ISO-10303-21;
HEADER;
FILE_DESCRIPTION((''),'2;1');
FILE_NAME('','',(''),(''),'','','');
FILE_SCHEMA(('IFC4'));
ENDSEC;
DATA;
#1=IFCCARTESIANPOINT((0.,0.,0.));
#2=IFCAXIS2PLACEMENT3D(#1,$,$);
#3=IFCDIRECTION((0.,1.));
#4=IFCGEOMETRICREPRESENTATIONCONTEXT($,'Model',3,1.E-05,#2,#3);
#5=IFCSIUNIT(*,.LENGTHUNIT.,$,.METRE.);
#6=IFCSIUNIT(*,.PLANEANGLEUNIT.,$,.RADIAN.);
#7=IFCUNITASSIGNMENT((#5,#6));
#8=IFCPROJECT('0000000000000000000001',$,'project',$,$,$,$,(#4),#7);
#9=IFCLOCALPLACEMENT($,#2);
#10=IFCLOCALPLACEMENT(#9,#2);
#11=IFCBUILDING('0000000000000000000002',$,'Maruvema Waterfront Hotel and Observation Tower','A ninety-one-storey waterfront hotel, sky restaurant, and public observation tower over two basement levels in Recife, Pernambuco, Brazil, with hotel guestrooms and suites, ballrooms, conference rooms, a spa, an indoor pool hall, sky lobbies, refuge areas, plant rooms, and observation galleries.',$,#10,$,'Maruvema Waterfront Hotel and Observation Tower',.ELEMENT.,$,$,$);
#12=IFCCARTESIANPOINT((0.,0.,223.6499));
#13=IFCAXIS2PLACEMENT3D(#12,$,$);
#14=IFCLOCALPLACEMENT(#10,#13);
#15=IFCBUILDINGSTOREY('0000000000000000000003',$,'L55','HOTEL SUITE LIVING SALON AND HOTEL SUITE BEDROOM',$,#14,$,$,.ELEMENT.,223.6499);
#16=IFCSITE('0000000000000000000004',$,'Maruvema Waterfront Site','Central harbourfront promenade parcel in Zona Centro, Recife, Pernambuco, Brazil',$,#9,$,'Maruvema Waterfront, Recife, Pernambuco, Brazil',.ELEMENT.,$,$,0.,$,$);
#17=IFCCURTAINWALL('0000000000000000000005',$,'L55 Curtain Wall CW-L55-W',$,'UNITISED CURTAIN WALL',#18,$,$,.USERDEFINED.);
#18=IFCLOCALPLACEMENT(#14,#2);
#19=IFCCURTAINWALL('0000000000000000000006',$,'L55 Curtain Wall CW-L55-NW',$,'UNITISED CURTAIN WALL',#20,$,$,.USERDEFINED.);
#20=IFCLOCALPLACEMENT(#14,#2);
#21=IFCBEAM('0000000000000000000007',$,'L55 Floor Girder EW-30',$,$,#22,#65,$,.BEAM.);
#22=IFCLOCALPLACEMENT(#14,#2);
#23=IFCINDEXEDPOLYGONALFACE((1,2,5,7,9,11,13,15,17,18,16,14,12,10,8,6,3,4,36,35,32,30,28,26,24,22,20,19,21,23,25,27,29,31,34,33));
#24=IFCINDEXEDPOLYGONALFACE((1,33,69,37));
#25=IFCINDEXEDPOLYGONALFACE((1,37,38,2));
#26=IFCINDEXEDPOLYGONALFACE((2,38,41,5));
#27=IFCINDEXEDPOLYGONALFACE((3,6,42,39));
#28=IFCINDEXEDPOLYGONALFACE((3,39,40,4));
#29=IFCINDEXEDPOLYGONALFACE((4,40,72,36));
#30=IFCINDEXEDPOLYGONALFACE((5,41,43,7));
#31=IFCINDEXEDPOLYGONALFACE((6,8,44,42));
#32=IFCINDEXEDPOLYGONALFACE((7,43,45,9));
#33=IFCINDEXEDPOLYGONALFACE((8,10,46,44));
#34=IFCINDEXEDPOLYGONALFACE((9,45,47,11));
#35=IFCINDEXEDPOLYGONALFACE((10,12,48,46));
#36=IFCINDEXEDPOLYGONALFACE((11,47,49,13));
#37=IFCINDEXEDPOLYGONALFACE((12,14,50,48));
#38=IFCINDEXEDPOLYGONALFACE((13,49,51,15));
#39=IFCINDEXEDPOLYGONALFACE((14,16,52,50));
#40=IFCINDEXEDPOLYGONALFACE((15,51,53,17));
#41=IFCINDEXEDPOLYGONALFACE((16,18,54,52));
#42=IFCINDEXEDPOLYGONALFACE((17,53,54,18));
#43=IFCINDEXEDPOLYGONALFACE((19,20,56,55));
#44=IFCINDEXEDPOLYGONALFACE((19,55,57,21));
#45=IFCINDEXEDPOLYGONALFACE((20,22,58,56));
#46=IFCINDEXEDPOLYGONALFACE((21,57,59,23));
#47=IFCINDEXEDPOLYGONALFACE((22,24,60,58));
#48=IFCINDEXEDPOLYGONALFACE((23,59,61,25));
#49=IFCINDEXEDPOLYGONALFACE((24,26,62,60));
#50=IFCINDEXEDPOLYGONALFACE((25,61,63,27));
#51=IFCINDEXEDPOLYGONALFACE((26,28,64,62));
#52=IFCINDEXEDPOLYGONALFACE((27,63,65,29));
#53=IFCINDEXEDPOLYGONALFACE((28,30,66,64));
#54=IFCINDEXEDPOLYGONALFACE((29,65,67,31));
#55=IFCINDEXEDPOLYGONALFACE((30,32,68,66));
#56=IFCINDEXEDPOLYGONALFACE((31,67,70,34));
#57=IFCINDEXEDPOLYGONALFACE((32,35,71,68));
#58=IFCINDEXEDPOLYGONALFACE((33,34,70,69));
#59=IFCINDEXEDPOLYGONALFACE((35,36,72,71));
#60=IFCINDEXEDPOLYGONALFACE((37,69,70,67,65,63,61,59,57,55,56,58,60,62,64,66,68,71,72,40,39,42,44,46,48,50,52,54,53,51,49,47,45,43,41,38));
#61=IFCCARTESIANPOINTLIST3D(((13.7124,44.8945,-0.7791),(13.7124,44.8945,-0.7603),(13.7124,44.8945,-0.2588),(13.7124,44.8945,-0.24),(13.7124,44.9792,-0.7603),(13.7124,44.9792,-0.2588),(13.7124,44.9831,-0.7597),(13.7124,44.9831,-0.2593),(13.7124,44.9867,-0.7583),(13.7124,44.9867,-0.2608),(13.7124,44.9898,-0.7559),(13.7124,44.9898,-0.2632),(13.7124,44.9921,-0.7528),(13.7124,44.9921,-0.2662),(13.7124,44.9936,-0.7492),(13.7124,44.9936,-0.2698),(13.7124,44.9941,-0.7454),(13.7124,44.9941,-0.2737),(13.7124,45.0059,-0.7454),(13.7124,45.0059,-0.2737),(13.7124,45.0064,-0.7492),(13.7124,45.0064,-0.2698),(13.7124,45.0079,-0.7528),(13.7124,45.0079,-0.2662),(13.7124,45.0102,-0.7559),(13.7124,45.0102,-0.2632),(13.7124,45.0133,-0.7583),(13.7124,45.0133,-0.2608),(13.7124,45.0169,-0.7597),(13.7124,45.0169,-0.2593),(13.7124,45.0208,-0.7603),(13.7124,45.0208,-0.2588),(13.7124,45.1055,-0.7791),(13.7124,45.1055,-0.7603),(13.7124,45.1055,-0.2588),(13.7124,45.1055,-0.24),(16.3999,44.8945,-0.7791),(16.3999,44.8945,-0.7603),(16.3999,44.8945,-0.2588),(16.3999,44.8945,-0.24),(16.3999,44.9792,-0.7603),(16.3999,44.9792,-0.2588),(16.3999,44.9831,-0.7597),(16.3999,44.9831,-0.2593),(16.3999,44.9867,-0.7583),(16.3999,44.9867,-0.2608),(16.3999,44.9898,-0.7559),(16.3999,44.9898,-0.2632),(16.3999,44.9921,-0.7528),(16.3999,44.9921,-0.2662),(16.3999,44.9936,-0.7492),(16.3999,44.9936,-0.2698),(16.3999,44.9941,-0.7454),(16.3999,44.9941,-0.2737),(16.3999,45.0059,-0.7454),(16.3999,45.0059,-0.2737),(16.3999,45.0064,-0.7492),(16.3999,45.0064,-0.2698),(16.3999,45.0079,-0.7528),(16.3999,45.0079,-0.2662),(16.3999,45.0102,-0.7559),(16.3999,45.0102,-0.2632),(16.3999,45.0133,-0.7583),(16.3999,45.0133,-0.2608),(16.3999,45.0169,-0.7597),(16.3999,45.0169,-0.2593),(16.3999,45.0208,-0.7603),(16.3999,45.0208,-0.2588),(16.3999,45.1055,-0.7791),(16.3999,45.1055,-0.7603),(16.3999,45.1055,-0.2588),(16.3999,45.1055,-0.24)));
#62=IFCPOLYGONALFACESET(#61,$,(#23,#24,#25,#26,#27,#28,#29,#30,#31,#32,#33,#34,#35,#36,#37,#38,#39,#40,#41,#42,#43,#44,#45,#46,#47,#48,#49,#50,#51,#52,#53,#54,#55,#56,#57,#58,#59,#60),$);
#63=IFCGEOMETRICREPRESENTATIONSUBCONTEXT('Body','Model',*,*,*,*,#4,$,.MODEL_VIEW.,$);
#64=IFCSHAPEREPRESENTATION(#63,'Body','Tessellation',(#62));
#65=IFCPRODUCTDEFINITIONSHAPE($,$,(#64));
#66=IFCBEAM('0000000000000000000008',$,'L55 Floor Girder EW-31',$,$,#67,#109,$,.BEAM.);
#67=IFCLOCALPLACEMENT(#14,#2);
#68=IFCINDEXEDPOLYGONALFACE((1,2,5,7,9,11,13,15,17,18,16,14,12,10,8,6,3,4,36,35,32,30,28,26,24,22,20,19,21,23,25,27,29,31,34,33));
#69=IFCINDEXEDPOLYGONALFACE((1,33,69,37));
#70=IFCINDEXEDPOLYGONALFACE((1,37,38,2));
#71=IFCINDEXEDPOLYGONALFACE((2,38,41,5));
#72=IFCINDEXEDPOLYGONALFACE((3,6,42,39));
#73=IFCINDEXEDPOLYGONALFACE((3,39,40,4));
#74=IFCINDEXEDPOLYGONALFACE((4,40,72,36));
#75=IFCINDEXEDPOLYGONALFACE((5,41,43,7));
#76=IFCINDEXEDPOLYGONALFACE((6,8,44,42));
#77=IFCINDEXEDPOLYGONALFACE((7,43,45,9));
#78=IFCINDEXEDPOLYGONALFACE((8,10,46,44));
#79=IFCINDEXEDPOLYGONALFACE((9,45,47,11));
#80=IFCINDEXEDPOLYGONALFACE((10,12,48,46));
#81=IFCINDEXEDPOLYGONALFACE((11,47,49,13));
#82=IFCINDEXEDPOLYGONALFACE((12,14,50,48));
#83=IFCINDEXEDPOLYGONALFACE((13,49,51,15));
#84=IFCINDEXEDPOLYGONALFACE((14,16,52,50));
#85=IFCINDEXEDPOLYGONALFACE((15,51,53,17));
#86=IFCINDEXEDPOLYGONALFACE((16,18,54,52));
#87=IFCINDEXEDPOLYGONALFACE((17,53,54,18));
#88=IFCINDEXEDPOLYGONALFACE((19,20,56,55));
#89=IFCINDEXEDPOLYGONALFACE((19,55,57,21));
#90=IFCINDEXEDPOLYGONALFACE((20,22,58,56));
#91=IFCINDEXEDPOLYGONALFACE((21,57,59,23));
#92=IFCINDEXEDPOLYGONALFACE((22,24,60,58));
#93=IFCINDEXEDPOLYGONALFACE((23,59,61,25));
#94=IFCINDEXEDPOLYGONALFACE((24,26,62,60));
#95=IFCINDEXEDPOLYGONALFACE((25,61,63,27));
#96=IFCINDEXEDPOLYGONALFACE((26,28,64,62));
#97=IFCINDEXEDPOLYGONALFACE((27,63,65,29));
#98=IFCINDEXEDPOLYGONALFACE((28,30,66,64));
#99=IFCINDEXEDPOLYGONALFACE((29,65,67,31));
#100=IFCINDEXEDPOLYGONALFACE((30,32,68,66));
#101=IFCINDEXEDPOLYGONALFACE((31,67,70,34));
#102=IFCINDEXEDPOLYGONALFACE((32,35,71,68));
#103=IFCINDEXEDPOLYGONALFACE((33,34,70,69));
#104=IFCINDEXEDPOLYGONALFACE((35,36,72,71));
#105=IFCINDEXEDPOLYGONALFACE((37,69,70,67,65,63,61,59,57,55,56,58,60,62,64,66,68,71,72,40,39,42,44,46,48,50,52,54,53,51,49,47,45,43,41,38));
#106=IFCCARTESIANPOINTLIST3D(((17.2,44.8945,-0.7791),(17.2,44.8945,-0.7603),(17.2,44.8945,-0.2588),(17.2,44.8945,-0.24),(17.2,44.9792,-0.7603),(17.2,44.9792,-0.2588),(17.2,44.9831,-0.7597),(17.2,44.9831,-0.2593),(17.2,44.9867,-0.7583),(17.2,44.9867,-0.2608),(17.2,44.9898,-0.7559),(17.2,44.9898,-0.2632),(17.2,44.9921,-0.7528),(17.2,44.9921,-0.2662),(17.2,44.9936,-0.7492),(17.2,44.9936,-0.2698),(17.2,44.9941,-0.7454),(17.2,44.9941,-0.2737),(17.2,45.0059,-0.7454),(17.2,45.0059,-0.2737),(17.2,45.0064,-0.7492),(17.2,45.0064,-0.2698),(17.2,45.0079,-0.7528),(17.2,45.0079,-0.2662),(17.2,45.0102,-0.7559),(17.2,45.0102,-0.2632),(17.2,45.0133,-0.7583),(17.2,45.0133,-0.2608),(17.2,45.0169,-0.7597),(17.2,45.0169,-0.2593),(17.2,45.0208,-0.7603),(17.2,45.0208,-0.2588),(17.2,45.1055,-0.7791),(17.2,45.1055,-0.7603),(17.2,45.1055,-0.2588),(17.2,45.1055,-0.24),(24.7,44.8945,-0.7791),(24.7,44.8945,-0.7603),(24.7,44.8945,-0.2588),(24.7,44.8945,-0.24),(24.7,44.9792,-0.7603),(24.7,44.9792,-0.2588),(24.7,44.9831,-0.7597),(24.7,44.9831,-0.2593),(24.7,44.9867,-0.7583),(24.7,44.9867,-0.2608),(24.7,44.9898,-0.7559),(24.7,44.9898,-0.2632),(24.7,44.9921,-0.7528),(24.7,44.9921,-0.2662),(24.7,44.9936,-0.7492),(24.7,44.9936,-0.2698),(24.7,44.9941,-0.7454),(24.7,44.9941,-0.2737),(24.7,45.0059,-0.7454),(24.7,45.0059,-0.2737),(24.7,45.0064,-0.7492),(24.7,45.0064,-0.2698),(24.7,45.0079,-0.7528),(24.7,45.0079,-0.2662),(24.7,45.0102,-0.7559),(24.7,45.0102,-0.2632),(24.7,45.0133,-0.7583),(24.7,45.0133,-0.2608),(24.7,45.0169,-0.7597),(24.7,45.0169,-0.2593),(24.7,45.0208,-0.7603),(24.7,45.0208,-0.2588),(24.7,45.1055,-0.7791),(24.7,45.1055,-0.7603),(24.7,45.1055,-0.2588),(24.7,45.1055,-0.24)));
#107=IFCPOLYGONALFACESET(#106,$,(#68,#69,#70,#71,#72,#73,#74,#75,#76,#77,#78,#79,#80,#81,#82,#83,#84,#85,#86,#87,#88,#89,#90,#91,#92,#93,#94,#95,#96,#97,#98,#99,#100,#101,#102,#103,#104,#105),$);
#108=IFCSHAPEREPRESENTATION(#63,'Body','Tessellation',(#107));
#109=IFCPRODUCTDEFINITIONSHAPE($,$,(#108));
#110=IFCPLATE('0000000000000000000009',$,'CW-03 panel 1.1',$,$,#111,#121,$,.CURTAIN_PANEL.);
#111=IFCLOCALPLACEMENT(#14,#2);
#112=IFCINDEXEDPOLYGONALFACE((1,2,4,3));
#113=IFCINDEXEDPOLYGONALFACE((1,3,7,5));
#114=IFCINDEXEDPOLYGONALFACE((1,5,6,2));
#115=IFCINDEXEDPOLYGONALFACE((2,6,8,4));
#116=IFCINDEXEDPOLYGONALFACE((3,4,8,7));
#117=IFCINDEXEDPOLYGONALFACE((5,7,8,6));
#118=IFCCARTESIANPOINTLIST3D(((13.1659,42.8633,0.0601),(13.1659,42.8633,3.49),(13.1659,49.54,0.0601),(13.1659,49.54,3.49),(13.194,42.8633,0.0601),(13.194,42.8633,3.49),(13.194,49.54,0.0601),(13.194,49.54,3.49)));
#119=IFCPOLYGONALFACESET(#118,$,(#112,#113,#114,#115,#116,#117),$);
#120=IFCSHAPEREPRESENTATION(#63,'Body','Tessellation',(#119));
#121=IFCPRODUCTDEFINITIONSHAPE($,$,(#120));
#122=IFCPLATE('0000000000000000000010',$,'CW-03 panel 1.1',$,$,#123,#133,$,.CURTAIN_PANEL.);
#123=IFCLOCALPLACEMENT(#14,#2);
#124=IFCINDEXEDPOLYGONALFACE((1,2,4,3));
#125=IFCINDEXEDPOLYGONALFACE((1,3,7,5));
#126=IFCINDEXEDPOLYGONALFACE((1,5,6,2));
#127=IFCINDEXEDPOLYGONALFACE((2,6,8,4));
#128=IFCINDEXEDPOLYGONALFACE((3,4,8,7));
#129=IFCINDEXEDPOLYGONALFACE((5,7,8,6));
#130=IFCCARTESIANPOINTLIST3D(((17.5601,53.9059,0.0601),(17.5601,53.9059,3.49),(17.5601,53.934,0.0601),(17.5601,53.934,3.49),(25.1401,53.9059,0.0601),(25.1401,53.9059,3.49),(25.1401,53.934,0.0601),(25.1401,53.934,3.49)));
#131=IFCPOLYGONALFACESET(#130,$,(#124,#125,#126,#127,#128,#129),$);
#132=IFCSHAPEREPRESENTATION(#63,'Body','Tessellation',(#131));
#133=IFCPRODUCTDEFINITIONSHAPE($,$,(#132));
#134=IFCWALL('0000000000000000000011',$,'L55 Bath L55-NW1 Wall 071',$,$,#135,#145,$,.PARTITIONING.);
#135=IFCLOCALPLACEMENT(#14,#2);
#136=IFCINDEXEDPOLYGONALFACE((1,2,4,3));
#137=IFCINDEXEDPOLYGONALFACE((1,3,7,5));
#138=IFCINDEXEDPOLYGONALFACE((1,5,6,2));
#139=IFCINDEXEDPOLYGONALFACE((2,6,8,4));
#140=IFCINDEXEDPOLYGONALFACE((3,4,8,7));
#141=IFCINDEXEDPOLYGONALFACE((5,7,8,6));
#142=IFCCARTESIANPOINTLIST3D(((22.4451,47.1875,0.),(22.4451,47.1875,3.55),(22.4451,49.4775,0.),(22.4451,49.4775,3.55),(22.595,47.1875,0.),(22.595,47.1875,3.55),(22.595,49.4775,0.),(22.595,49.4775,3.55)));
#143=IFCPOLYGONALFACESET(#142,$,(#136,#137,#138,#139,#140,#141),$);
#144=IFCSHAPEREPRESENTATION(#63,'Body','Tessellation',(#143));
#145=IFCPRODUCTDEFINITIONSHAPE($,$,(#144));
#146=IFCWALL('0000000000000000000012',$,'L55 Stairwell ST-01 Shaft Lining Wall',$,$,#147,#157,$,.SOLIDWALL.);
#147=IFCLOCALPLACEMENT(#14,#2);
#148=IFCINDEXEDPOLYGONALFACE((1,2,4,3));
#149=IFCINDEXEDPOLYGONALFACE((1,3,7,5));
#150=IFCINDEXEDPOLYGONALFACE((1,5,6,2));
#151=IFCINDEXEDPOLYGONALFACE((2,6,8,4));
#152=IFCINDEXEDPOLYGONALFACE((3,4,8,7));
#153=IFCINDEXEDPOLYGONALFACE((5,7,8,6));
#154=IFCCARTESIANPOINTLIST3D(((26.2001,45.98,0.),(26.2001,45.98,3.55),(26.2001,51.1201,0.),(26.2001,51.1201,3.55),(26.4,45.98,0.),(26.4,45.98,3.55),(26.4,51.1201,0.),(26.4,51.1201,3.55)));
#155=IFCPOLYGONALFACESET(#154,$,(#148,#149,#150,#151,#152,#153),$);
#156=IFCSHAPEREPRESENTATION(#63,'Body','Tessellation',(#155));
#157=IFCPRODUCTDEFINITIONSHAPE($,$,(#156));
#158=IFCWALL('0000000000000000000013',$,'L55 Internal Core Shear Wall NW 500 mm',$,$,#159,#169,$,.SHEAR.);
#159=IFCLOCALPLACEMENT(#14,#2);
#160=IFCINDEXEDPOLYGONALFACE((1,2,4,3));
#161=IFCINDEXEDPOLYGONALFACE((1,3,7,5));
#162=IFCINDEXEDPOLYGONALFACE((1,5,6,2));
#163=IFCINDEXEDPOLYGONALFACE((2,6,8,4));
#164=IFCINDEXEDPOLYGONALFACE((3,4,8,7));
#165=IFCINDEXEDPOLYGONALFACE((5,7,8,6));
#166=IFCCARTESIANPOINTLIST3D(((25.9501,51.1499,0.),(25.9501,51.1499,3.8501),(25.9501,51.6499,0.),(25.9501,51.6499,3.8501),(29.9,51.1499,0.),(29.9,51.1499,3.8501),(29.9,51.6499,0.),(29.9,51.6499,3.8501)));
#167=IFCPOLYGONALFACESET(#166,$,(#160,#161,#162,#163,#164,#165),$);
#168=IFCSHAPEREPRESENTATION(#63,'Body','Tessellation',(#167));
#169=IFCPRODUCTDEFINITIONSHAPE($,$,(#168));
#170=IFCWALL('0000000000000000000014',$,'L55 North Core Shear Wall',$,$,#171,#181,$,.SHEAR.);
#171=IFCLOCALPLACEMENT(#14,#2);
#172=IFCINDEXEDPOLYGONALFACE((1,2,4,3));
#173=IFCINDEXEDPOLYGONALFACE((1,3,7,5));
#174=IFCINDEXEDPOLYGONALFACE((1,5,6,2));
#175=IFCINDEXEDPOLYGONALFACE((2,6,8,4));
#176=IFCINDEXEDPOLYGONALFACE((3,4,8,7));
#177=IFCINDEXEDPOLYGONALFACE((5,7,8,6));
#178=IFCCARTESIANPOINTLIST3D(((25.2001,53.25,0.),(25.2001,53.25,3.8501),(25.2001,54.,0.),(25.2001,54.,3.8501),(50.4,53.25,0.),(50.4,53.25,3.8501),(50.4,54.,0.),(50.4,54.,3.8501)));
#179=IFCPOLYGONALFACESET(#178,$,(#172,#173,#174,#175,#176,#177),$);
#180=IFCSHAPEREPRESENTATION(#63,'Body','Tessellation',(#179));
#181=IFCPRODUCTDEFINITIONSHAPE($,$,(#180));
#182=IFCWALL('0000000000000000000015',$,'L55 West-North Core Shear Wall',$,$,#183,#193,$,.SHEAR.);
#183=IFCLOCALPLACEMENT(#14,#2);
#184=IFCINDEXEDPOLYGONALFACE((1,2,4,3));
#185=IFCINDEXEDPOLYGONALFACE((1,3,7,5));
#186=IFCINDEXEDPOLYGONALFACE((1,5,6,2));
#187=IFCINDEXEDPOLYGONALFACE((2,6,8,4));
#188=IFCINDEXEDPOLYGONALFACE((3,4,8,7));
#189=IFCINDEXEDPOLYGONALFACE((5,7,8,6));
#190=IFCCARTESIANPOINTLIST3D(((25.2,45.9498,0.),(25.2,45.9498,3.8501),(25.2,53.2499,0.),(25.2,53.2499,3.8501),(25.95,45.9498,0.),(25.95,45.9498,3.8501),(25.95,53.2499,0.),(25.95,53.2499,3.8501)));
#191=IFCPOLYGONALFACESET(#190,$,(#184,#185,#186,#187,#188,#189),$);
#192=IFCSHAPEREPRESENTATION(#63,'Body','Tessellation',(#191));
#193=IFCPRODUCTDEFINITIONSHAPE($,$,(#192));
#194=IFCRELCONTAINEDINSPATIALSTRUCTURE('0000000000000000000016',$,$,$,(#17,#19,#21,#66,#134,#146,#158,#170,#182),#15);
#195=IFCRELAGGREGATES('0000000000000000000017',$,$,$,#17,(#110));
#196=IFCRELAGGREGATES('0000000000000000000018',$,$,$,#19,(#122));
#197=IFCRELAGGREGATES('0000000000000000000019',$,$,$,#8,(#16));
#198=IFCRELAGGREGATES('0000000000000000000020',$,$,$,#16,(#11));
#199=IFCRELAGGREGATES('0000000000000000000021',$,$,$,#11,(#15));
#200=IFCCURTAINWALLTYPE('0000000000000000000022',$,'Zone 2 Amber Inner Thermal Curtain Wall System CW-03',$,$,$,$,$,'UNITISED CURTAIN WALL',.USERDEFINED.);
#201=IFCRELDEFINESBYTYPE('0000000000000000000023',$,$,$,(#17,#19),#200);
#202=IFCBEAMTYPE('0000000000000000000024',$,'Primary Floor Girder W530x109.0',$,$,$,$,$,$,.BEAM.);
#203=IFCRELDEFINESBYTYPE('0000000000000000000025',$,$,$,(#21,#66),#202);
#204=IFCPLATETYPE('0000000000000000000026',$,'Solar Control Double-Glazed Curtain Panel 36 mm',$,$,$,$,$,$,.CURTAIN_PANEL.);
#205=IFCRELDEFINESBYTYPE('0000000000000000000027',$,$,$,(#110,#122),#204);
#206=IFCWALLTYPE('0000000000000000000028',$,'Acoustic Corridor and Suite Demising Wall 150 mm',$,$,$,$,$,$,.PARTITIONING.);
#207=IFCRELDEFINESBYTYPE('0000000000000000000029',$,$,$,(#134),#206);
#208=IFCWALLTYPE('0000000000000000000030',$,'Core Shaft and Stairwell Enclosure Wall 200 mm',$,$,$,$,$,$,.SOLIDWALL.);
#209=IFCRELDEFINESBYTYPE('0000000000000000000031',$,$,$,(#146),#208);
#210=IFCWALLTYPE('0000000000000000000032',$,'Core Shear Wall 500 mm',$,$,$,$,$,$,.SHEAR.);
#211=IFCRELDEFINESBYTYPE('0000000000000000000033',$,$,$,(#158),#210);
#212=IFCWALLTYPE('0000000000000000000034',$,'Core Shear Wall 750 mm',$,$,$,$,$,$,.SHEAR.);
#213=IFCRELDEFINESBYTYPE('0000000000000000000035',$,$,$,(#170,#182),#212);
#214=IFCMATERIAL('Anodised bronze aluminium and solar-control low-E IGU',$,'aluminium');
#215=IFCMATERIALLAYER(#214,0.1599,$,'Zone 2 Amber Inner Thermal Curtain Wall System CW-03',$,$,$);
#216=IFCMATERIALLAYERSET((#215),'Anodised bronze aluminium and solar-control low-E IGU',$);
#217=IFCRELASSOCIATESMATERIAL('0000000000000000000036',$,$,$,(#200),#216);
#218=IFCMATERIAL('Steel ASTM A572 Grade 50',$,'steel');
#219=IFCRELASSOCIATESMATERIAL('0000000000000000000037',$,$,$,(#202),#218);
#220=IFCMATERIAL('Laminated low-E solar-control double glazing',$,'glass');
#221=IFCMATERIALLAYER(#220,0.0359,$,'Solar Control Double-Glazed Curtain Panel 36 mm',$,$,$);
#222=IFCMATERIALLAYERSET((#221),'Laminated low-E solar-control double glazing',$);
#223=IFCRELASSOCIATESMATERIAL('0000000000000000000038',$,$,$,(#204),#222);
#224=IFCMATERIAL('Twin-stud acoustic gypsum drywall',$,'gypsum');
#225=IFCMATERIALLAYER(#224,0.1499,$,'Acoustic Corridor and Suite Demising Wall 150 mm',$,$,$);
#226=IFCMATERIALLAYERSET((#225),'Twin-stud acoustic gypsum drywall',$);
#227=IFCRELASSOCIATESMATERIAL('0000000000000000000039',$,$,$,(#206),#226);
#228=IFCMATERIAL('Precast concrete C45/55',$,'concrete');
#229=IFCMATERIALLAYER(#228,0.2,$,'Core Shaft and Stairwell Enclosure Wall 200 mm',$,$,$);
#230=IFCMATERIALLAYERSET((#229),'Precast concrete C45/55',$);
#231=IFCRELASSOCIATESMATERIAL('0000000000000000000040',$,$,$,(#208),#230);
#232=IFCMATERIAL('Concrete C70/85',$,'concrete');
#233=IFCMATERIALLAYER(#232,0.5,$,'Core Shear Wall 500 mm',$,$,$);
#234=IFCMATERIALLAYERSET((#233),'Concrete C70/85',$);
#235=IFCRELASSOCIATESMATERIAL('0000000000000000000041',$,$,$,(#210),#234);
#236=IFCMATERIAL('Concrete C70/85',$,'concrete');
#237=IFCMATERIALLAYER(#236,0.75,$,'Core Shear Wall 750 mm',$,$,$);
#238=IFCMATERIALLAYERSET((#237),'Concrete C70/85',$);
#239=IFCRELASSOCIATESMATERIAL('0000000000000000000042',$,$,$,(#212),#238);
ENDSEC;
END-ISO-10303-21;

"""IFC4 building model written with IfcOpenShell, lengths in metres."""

from ifc_helpers import new_model, si_unit, direction, frame, frame_2d, origin, origin_2d, place, context, subcontext, project, spatial, rectangle, i_section, extrude, material, layer, layer_set, material_profile, profile_set, type_object, element, aggregate, save


model = new_model("IFC4")

# Units and contexts
model_context = context("Model", 3, precision=1e-05, world=origin(), true_north=direction((0.0, 1.0)))
body_context = subcontext(model_context, "Body", "Model", "MODEL_VIEW")
ifc_project = project(units=[si_unit("LENGTHUNIT", "METRE"), si_unit("PLANEANGLEUNIT", "RADIAN")], contexts=[model_context])

# Site, building, storey
site_placement = place(None, origin())
site = spatial("IfcSite", under=ifc_project, at=site_placement, Name="Maruvema Waterfront Site", Description="Central harbourfront promenade parcel in Zona Centro, Recife, Pernambuco, Brazil", LongName="Maruvema Waterfront, Recife, Pernambuco, Brazil", CompositionType="ELEMENT", RefElevation=0.0)
building_placement = place(site_placement, origin())
building = spatial("IfcBuilding", under=site, at=building_placement, Name="Maruvema Waterfront Hotel and Observation Tower", Description="A ninety-one-storey waterfront hotel, sky restaurant, and public observation tower over two basement levels in Recife, Pernambuco, Brazil, with hotel guestrooms and suites, ballrooms, conference rooms, a spa, an indoor pool hall, sky lobbies, refuge areas, plant rooms, and observation galleries.", LongName="Maruvema Waterfront Hotel and Observation Tower", CompositionType="ELEMENT")
storey_placement = place(building_placement, frame((0.0, 0.0, 223.6499)))
storey = spatial("IfcBuildingStorey", under=building, at=storey_placement, Name="L55", Description="HOTEL SUITE LIVING SALON AND HOTEL SUITE BEDROOM", CompositionType="ELEMENT", Elevation=223.6499)

# Curtain walls
ifc_material_1 = material(Name="Anodised bronze aluminium and solar-control low-E IGU", Category="aluminium")
ifc_layer_1 = layer(ifc_material_1, 0.1599, Name="Zone 2 Amber Inner Thermal Curtain Wall System CW-03")
ifc_layer_set_1 = layer_set([ifc_layer_1], Name="Anodised bronze aluminium and solar-control low-E IGU")
curtain_wall_type = type_object("IfcCurtainWallType", Name="Zone 2 Amber Inner Thermal Curtain Wall System CW-03", ElementType="UNITISED CURTAIN WALL", PredefinedType="USERDEFINED", material=ifc_layer_set_1)
curtain_wall_1_placement = place(storey_placement, origin())
curtain_wall_1 = element("IfcCurtainWall", 1, at=curtain_wall_1_placement, inside=storey, type_object=curtain_wall_type, Name="L55 Curtain Wall CW-L55-W", ObjectType="UNITISED CURTAIN WALL", PredefinedType="USERDEFINED")
curtain_wall_2_placement = place(storey_placement, origin())
curtain_wall_2 = element("IfcCurtainWall", 2, at=curtain_wall_2_placement, inside=storey, type_object=curtain_wall_type, Name="L55 Curtain Wall CW-L55-NW", ObjectType="UNITISED CURTAIN WALL", PredefinedType="USERDEFINED")

# Beams
ifc_material_2 = material(Name="Steel ASTM A572 Grade 50", Category="steel")
ifc_material_profile_1 = material_profile(ifc_material_2, i_section(OverallWidth=0.2109, OverallDepth=0.5391, WebThickness=0.0117, FlangeThickness=0.0188, FilletRadius=0.0149, at=origin_2d()), Name="W530x109.0")
ifc_profile_set_1 = profile_set([ifc_material_profile_1], Name="Steel ASTM A572 Grade 50")
beam_type = type_object("IfcBeamType", Name="Primary Floor Girder W530x109.0", PredefinedType="BEAM", material=ifc_profile_set_1)
beam_1_placement = place(storey_placement, frame((13.7124, 45.0, -0.5095), z_axis=(1.0, 0.0, 0.0), x_axis=(0.0, 1.0, 0.0)))
element("IfcBeam", 3, at=beam_1_placement, inside=storey, type_object=beam_type, Name="L55 Floor Girder EW-30", PredefinedType="BEAM", context=body_context, shape_type="SweptSolid", body=[
    extrude(i_section(OverallWidth=0.2109, OverallDepth=0.5391, WebThickness=0.0117, FlangeThickness=0.0188, FilletRadius=0.0149, at=origin_2d()), origin(), (0.0, 0.0, 1.0), 2.6875),
])
beam_2_placement = place(storey_placement, frame((17.2, 45.0, -0.5095), z_axis=(1.0, 0.0, 0.0), x_axis=(0.0, 1.0, 0.0)))
element("IfcBeam", 4, at=beam_2_placement, inside=storey, type_object=beam_type, Name="L55 Floor Girder EW-31", PredefinedType="BEAM", context=body_context, shape_type="SweptSolid", body=[
    extrude(i_section(OverallWidth=0.2109, OverallDepth=0.5391, WebThickness=0.0117, FlangeThickness=0.0188, FilletRadius=0.0149, at=origin_2d()), origin(), (0.0, 0.0, 1.0), 7.5),
])

# Plates
ifc_material_3 = material(Name="Laminated low-E solar-control double glazing", Category="glass")
ifc_layer_2 = layer(ifc_material_3, 0.0359, Name="Solar Control Double-Glazed Curtain Panel 36 mm")
ifc_layer_set_2 = layer_set([ifc_layer_2], Name="Laminated low-E solar-control double glazing")
plate_type = type_object("IfcPlateType", Name="Solar Control Double-Glazed Curtain Panel 36 mm", PredefinedType="CURTAIN_PANEL", material=ifc_layer_set_2)
plate_1_placement = place(storey_placement, frame((13.1799, 46.2017, 0.0601), z_axis=(0.0, 0.0, 1.0), x_axis=(0.0, -1.0, 0.0)))
plate_1 = element("IfcPlate", 5, at=plate_1_placement, type_object=plate_type, Name="CW-03 panel 1.1", PredefinedType="CURTAIN_PANEL", context=body_context, shape_type="SweptSolid", body=[
    extrude(rectangle(XDim=6.6768, YDim=0.0281, at=origin_2d()), origin(), (0.0, 0.0, 1.0), 3.4299),
])
aggregate(curtain_wall_1, [plate_1])
plate_2_placement = place(storey_placement, frame((21.3501, 53.9199, 0.0601), z_axis=(0.0, 0.0, 1.0), x_axis=(-1.0, 0.0, 0.0)))
plate_2 = element("IfcPlate", 6, at=plate_2_placement, type_object=plate_type, Name="CW-03 panel 1.1", PredefinedType="CURTAIN_PANEL", context=body_context, shape_type="SweptSolid", body=[
    extrude(rectangle(XDim=7.5801, YDim=0.0281, at=origin_2d()), origin(), (0.0, 0.0, 1.0), 3.4299),
])
aggregate(curtain_wall_2, [plate_2])

# Walls
ifc_material_4 = material(Name="Twin-stud acoustic gypsum drywall", Category="gypsum")
ifc_layer_3 = layer(ifc_material_4, 0.1499, Name="Acoustic Corridor and Suite Demising Wall 150 mm")
ifc_layer_set_3 = layer_set([ifc_layer_3], Name="Twin-stud acoustic gypsum drywall")
wall_type_1 = type_object("IfcWallType", Name="Acoustic Corridor and Suite Demising Wall 150 mm", PredefinedType="PARTITIONING", material=ifc_layer_set_3)
wall_1_placement = place(storey_placement, frame((22.52, 47.1875, 0.0), z_axis=(0.0, 0.0, 1.0), x_axis=(0.0, 1.0, 0.0)))
element("IfcWall", 7, at=wall_1_placement, inside=storey, type_object=wall_type_1, Name="L55 Bath L55-NW1 Wall 071", PredefinedType="PARTITIONING", context=body_context, shape_type="SweptSolid", body=[
    extrude(rectangle(XDim=2.29, YDim=0.1499, at=frame_2d((1.145, 0.0))), origin(), (0.0, 0.0, 1.0), 3.55),
])
ifc_material_5 = material(Name="Precast concrete C45/55", Category="concrete")
ifc_layer_4 = layer(ifc_material_5, 0.2, Name="Core Shaft and Stairwell Enclosure Wall 200 mm")
ifc_layer_set_4 = layer_set([ifc_layer_4], Name="Precast concrete C45/55")
wall_type_2 = type_object("IfcWallType", Name="Core Shaft and Stairwell Enclosure Wall 200 mm", PredefinedType="SOLIDWALL", material=ifc_layer_set_4)
wall_2_placement = place(storey_placement, frame((26.3, 45.98, 0.0), z_axis=(0.0, 0.0, 1.0), x_axis=(0.0, 1.0, 0.0)))
element("IfcWall", 8, at=wall_2_placement, inside=storey, type_object=wall_type_2, Name="L55 Stairwell ST-01 Shaft Lining Wall", PredefinedType="SOLIDWALL", context=body_context, shape_type="SweptSolid", body=[
    extrude(rectangle(XDim=5.1401, YDim=0.2, at=frame_2d((2.5701, 0.0))), origin(), (0.0, 0.0, 1.0), 3.55),
])
ifc_material_6 = material(Name="Concrete C70/85", Category="concrete")
ifc_layer_5 = layer(ifc_material_6, 0.5, Name="Core Shear Wall 500 mm")
ifc_layer_set_5 = layer_set([ifc_layer_5], Name="Concrete C70/85")
wall_type_3 = type_object("IfcWallType", Name="Core Shear Wall 500 mm", PredefinedType="SHEAR", material=ifc_layer_set_5)
wall_3_placement = place(storey_placement, frame((25.95, 51.3999, 0.0), z_axis=(0.0, 0.0, 1.0), x_axis=(1.0, 0.0, 0.0)))
element("IfcWall", 9, at=wall_3_placement, inside=storey, type_object=wall_type_3, Name="L55 Internal Core Shear Wall NW 500 mm", PredefinedType="SHEAR", context=body_context, shape_type="SweptSolid", body=[
    extrude(rectangle(XDim=3.95, YDim=0.5, at=frame_2d((1.9751, 0.0))), origin(), (0.0, 0.0, 1.0), 3.8501),
])
ifc_material_7 = material(Name="Concrete C70/85", Category="concrete")
ifc_layer_6 = layer(ifc_material_7, 0.75, Name="Core Shear Wall 750 mm")
ifc_layer_set_6 = layer_set([ifc_layer_6], Name="Concrete C70/85")
wall_type_4 = type_object("IfcWallType", Name="Core Shear Wall 750 mm", PredefinedType="SHEAR", material=ifc_layer_set_6)
wall_4_placement = place(storey_placement, frame((25.2, 53.625, 0.0), z_axis=(0.0, 0.0, 1.0), x_axis=(1.0, 0.0, 0.0)))
element("IfcWall", 10, at=wall_4_placement, inside=storey, type_object=wall_type_4, Name="L55 North Core Shear Wall", PredefinedType="SHEAR", context=body_context, shape_type="SweptSolid", body=[
    extrude(rectangle(XDim=25.2, YDim=0.75, at=frame_2d((12.6001, 0.0))), origin(), (0.0, 0.0, 1.0), 3.8501),
])
wall_5_placement = place(storey_placement, frame((25.575, 45.95, 0.0), z_axis=(0.0, 0.0, 1.0), x_axis=(0.0, 1.0, 0.0)))
element("IfcWall", 11, at=wall_5_placement, inside=storey, type_object=wall_type_4, Name="L55 West-North Core Shear Wall", PredefinedType="SHEAR", context=body_context, shape_type="SweptSolid", body=[
    extrude(rectangle(XDim=7.3, YDim=0.75, at=frame_2d((3.6499, 0.0))), origin(), (0.0, 0.0, 1.0), 3.8501),
])

save(model, "model.ifc")
